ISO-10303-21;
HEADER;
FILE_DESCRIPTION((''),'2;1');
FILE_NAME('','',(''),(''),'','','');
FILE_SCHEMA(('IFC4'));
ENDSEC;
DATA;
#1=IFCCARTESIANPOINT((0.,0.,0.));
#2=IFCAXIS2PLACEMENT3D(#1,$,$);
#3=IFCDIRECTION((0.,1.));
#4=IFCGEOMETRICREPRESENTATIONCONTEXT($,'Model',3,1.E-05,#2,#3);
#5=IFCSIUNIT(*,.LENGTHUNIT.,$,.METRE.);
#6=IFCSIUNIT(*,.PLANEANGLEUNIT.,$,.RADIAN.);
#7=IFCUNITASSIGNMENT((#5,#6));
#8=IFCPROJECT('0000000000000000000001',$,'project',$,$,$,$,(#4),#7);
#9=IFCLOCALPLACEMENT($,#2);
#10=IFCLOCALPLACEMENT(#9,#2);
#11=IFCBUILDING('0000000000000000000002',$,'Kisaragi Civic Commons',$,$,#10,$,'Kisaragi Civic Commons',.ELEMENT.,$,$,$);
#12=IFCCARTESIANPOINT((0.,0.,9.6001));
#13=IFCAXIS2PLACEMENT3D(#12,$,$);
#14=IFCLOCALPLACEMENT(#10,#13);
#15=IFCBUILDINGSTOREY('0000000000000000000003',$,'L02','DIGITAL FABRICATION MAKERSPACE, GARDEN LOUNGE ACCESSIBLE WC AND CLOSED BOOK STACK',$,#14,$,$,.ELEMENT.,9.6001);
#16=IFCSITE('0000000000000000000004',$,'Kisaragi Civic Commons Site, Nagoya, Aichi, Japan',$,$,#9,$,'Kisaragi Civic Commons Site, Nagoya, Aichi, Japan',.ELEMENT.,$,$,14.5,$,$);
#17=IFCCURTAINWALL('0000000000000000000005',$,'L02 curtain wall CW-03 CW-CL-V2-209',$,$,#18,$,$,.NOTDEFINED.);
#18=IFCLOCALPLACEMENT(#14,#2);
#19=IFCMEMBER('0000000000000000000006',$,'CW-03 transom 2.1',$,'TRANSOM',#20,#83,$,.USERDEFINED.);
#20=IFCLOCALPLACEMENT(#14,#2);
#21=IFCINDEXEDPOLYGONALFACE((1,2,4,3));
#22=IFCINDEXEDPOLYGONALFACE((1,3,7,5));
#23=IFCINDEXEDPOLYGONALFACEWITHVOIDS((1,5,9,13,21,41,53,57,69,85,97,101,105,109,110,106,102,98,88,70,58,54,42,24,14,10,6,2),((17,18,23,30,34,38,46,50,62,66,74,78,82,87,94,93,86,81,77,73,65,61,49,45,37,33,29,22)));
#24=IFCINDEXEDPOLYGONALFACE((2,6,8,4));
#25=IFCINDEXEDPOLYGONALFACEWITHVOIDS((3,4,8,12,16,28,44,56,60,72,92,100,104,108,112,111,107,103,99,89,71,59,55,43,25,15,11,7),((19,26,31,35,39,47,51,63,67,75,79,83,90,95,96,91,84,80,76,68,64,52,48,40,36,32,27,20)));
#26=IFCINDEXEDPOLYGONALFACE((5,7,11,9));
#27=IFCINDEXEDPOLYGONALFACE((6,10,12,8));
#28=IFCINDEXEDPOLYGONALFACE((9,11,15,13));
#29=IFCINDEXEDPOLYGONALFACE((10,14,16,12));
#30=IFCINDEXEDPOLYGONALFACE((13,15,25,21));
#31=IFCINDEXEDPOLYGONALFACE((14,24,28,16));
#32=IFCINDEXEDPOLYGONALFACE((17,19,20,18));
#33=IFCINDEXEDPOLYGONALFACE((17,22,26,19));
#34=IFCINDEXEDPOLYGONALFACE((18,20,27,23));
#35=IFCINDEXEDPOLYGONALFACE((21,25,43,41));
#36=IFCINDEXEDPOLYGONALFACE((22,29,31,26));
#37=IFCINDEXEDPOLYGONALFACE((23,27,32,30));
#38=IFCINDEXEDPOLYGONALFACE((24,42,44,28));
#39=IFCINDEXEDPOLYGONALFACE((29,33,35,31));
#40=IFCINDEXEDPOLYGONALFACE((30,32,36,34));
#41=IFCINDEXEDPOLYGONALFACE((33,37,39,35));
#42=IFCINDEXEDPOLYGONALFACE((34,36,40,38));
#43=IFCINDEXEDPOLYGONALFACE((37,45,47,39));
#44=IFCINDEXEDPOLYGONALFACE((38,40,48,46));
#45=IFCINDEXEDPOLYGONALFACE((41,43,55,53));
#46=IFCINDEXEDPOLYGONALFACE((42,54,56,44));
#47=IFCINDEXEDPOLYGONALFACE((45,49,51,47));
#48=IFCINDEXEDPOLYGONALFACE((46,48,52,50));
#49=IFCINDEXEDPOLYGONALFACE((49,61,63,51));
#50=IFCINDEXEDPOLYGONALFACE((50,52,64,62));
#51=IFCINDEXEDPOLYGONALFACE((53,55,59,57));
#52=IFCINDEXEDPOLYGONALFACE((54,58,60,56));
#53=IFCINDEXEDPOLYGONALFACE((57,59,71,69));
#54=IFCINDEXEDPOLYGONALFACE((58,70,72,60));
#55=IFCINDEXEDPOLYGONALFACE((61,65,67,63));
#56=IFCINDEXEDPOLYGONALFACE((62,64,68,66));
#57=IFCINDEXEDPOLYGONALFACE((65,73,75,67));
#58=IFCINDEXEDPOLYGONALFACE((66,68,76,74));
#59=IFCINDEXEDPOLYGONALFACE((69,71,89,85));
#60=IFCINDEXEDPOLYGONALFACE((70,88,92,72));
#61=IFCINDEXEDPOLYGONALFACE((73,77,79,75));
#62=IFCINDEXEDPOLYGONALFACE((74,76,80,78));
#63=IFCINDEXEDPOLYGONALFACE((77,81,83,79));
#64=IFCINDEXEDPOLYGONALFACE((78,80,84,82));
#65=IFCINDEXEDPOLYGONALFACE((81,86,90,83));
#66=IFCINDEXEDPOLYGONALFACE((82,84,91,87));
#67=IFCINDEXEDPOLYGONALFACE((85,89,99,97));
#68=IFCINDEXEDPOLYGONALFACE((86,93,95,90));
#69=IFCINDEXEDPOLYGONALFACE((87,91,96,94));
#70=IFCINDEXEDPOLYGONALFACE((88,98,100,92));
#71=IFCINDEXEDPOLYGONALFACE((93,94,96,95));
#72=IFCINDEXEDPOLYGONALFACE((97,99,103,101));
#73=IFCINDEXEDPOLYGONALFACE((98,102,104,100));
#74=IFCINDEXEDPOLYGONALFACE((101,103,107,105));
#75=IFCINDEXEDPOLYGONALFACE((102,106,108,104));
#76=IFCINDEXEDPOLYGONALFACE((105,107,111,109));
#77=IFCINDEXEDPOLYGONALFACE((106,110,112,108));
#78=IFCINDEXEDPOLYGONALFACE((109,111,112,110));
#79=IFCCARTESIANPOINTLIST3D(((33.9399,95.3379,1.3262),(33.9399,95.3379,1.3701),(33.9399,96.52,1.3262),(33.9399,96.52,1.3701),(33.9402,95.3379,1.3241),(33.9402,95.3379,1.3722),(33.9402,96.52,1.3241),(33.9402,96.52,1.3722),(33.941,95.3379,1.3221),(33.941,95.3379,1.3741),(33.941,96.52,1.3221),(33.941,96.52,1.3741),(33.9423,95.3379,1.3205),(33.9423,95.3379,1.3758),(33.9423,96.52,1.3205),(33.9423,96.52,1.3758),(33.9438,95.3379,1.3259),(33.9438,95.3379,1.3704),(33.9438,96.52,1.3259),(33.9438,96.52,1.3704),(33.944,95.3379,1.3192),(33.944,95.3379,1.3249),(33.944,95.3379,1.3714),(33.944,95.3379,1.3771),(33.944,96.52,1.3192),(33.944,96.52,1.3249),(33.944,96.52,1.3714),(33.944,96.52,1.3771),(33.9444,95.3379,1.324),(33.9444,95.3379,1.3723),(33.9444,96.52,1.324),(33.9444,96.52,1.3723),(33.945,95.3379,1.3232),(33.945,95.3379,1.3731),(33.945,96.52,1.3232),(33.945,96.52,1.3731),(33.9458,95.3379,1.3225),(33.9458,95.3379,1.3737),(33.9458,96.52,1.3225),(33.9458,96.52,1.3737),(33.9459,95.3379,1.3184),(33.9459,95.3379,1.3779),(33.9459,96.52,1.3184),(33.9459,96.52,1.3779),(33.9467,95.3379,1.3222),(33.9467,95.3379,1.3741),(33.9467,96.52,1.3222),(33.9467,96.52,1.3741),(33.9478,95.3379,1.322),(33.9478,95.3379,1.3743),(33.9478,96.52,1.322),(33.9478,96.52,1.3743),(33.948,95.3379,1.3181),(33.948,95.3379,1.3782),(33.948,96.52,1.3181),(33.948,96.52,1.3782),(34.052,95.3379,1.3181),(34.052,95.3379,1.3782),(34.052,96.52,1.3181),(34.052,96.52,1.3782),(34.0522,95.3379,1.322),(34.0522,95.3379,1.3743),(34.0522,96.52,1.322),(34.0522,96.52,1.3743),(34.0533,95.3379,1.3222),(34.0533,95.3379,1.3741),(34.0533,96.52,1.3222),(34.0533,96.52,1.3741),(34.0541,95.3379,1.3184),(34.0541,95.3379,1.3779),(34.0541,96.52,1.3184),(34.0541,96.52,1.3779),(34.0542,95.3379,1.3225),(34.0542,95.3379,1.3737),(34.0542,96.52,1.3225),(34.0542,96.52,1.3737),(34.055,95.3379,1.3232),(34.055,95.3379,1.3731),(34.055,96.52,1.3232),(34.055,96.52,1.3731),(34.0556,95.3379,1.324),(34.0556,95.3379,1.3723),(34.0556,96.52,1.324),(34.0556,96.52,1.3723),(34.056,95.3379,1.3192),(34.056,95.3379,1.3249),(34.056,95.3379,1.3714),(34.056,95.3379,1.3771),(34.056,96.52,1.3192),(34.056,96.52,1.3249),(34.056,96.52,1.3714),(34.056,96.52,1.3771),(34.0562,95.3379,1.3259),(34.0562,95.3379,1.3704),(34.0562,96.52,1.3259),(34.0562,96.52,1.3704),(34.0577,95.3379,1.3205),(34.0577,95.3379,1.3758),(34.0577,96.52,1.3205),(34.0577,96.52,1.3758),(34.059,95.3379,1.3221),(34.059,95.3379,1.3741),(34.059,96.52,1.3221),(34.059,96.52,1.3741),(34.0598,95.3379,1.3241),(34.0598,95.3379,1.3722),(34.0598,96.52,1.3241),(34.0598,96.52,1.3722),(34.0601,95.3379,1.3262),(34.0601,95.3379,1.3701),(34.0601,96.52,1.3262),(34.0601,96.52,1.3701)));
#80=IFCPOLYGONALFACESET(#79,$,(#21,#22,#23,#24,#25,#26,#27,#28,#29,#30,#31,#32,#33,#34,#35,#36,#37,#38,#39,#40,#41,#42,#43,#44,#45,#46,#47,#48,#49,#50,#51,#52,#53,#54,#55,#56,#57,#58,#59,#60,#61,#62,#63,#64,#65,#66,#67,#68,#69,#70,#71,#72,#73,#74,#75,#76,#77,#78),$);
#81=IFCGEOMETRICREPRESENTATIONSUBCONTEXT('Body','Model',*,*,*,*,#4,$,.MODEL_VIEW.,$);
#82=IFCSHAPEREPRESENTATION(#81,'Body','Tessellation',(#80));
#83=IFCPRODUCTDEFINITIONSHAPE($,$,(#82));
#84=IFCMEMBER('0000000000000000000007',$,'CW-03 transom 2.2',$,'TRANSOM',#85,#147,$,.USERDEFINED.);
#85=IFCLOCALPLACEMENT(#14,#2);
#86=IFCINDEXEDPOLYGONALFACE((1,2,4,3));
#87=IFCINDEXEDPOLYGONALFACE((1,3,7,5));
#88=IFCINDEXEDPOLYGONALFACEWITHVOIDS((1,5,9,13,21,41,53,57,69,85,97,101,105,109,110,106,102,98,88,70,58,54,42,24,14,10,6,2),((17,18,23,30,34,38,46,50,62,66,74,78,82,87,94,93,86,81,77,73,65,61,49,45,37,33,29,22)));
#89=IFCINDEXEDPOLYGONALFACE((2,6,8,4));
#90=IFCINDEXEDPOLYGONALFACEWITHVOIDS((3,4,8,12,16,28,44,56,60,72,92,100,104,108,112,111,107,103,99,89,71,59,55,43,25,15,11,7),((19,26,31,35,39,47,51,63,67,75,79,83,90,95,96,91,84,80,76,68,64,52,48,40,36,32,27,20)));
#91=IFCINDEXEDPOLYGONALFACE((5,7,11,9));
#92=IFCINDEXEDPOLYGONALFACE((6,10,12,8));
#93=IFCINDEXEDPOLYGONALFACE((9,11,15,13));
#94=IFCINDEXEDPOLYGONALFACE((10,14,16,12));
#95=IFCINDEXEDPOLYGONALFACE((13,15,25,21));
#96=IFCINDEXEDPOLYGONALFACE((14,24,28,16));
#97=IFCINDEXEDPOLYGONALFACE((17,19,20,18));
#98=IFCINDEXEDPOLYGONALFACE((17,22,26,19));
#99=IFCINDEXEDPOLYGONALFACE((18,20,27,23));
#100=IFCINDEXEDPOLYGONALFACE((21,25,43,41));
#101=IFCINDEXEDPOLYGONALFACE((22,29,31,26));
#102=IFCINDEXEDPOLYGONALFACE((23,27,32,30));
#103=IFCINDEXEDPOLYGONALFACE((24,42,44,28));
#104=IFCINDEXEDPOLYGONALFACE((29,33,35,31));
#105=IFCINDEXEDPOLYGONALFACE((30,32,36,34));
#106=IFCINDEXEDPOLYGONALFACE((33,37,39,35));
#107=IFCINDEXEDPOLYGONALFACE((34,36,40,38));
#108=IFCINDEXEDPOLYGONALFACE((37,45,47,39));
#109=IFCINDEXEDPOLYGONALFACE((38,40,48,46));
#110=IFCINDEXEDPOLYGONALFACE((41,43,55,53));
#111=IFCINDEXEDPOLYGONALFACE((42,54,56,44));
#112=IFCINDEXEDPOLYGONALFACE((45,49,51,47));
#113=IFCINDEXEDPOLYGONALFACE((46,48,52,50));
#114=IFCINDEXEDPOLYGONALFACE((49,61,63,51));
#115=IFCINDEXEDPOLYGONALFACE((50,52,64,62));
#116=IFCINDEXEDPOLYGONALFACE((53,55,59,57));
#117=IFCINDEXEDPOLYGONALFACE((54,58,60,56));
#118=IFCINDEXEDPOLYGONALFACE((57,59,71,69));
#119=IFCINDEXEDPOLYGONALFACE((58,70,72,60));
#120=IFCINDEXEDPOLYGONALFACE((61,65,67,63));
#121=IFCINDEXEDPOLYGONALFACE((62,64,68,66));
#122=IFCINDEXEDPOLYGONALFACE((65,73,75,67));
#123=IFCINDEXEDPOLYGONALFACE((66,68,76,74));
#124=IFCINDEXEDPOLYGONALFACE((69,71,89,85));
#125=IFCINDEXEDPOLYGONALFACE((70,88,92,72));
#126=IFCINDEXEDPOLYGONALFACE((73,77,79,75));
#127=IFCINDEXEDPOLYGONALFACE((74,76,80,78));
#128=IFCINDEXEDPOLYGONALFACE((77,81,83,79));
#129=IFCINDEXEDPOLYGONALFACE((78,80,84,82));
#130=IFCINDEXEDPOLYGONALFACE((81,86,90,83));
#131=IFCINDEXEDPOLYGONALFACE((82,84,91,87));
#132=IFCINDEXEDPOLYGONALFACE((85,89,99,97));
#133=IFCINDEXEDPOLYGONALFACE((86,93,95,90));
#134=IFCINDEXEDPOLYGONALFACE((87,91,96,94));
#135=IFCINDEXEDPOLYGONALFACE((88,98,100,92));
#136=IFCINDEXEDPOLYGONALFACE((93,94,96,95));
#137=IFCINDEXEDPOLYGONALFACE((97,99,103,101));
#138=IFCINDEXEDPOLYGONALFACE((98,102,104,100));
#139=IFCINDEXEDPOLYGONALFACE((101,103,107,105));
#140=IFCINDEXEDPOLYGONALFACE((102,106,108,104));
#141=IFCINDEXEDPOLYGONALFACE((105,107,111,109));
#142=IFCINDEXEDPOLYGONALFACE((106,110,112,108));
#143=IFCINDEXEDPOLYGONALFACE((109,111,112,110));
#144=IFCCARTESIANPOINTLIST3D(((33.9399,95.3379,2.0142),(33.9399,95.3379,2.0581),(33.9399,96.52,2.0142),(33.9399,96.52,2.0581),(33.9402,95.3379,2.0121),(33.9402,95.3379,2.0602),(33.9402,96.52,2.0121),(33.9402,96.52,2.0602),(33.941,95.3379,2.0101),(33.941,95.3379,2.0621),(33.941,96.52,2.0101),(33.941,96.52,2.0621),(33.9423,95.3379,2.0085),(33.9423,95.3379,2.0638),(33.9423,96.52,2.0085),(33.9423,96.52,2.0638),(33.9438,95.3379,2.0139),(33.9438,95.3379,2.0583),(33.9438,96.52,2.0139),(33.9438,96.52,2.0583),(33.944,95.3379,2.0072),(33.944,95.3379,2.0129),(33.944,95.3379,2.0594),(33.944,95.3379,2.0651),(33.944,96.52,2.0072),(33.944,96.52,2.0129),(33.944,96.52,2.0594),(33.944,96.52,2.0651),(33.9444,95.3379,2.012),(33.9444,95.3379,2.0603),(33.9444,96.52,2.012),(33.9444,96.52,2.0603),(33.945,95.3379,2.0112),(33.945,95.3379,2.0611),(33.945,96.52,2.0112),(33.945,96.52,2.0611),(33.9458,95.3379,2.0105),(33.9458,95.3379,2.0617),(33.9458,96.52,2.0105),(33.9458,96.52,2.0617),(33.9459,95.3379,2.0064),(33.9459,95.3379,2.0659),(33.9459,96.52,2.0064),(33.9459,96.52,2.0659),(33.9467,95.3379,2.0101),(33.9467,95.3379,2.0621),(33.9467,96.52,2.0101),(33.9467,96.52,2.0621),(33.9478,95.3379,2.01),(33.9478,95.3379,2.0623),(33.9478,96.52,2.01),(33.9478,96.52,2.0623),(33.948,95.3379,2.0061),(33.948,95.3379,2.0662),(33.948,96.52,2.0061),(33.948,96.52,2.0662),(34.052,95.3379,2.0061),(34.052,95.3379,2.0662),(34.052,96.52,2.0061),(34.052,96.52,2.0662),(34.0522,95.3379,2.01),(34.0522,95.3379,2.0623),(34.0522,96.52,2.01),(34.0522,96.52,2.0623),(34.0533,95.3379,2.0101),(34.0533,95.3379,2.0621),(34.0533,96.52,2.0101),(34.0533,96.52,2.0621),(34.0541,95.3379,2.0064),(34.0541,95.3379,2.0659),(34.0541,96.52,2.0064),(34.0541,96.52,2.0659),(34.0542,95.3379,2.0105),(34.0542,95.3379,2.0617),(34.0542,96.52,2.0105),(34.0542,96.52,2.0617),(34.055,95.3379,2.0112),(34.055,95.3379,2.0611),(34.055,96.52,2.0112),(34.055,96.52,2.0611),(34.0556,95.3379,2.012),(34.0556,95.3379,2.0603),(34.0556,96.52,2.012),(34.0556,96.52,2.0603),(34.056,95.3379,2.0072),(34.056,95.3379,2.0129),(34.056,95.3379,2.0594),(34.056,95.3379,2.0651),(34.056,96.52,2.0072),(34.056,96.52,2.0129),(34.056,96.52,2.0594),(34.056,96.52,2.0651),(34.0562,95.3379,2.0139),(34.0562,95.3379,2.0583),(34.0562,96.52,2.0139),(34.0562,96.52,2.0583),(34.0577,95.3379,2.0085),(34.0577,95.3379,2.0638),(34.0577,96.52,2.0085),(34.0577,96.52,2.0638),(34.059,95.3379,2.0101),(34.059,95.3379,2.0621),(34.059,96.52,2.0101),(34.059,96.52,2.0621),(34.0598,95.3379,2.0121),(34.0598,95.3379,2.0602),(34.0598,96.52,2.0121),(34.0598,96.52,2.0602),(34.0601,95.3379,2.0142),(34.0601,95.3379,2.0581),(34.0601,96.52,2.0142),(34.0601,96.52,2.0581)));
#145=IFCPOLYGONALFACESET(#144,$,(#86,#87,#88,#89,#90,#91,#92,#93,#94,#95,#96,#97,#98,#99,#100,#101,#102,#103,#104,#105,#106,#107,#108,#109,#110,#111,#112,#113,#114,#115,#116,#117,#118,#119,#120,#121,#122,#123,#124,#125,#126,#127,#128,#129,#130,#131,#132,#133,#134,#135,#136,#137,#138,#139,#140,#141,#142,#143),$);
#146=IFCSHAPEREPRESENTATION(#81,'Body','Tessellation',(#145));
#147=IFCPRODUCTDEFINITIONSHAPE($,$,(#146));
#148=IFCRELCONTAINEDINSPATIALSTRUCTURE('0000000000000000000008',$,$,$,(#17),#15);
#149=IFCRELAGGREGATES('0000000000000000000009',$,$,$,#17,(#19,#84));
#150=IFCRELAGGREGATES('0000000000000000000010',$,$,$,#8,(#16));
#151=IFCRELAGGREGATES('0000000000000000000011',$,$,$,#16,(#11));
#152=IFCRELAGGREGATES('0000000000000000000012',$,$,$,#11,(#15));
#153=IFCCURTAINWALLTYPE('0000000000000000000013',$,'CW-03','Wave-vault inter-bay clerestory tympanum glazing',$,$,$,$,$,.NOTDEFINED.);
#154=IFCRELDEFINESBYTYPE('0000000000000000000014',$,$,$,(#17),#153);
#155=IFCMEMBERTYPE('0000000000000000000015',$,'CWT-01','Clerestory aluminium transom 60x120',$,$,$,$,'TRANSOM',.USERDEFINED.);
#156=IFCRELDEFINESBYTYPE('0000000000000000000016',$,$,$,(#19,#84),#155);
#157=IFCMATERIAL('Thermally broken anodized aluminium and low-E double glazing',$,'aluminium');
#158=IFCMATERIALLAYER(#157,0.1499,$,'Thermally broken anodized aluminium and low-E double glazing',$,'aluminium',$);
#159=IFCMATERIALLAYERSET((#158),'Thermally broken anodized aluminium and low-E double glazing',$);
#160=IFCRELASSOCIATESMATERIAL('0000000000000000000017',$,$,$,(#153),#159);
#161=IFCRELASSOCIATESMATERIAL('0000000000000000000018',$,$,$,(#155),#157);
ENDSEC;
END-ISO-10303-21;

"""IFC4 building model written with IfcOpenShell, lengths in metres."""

from ifc_helpers import new_model, si_unit, direction, frame, origin, origin_2d, place, context, subcontext, project, spatial, hollow_rectangle, extrude, material, layer, layer_set, material_profile, profile_set, type_object, element, aggregate, save


model = new_model("IFC4")

# Units and contexts
model_context = context("Model", 3, precision=1e-05, world=origin(), true_north=direction((0.0, 1.0)))
body_context = subcontext(model_context, "Body", "Model", "MODEL_VIEW")
ifc_project = project(units=[si_unit("LENGTHUNIT", "METRE"), si_unit("PLANEANGLEUNIT", "RADIAN")], contexts=[model_context])

# Site, building, storey
site_placement = place(None, origin())
site = spatial("IfcSite", under=ifc_project, at=site_placement, Name="Kisaragi Civic Commons Site, Nagoya, Aichi, Japan", LongName="Kisaragi Civic Commons Site, Nagoya, Aichi, Japan", CompositionType="ELEMENT", RefElevation=14.5)
building_placement = place(site_placement, origin())
building = spatial("IfcBuilding", under=site, at=building_placement, Name="Kisaragi Civic Commons", LongName="Kisaragi Civic Commons", CompositionType="ELEMENT")
storey_placement = place(building_placement, frame((0.0, 0.0, 9.6001)))
storey = spatial("IfcBuildingStorey", under=building, at=storey_placement, Name="L02", Description="DIGITAL FABRICATION MAKERSPACE, GARDEN LOUNGE ACCESSIBLE WC AND CLOSED BOOK STACK", CompositionType="ELEMENT", Elevation=9.6001)

# Curtain wall
ifc_material_1 = material(Name="Thermally broken anodized aluminium and low-E double glazing", Category="aluminium")
ifc_layer_1 = layer(ifc_material_1, 0.1499, Name="Thermally broken anodized aluminium and low-E double glazing", Category="aluminium")
ifc_layer_set_1 = layer_set([ifc_layer_1], Name="Thermally broken anodized aluminium and low-E double glazing")
curtain_wall_type = type_object("IfcCurtainWallType", Name="CW-03", Description="Wave-vault inter-bay clerestory tympanum glazing", PredefinedType="NOTDEFINED", material=ifc_layer_set_1)
curtain_wall_1_placement = place(storey_placement, origin())
curtain_wall_1 = element("IfcCurtainWall", 1, at=curtain_wall_1_placement, inside=storey, type_object=curtain_wall_type, Name="L02 curtain wall CW-03 CW-CL-V2-209", PredefinedType="NOTDEFINED")

# Members
ifc_material_profile_1 = material_profile(ifc_material_1, hollow_rectangle(XDim=0.1201, YDim=0.0601, WallThickness=0.0039, InnerFilletRadius=0.0039, OuterFilletRadius=0.0081, at=origin_2d()), Name="CWT-60x120x4", Category="aluminium")
ifc_profile_set_1 = profile_set([ifc_material_profile_1], Name="Thermally broken anodized aluminium and low-E double glazing")
member_type_1 = type_object("IfcMemberType", Name="CWT-01", Description="Clerestory aluminium transom 60x120", ElementType="TRANSOM", PredefinedType="USERDEFINED", material=ifc_profile_set_1)
member_1_placement = place(storey_placement, frame((34.0, 95.3379, 1.3481), z_axis=(0.0, 1.0, 0.0), x_axis=(-1.0, 0.0, 0.0)))
member_1 = element("IfcMember", 2, at=member_1_placement, type_object=member_type_1, Name="CW-03 transom 2.1", ObjectType="TRANSOM", PredefinedType="USERDEFINED", context=body_context, shape_type="SweptSolid", body=[
    extrude(hollow_rectangle(XDim=0.1201, YDim=0.0601, WallThickness=0.0039, InnerFilletRadius=0.0039, OuterFilletRadius=0.0081, at=origin_2d()), origin(), (0.0, 0.0, 1.0), 1.1821),
])
member_2_placement = place(storey_placement, frame((34.0, 95.3379, 2.0361), z_axis=(0.0, 1.0, 0.0), x_axis=(-1.0, 0.0, 0.0)))
member_2 = element("IfcMember", 3, at=member_2_placement, type_object=member_type_1, Name="CW-03 transom 2.2", ObjectType="TRANSOM", PredefinedType="USERDEFINED", context=body_context, shape_type="SweptSolid", body=[
    extrude(hollow_rectangle(XDim=0.1201, YDim=0.0601, WallThickness=0.0039, InnerFilletRadius=0.0039, OuterFilletRadius=0.0081, at=origin_2d()), origin(), (0.0, 0.0, 1.0), 1.1821),
])

aggregate(curtain_wall_1, [member_1, member_2])

save(model, "model.ifc")
